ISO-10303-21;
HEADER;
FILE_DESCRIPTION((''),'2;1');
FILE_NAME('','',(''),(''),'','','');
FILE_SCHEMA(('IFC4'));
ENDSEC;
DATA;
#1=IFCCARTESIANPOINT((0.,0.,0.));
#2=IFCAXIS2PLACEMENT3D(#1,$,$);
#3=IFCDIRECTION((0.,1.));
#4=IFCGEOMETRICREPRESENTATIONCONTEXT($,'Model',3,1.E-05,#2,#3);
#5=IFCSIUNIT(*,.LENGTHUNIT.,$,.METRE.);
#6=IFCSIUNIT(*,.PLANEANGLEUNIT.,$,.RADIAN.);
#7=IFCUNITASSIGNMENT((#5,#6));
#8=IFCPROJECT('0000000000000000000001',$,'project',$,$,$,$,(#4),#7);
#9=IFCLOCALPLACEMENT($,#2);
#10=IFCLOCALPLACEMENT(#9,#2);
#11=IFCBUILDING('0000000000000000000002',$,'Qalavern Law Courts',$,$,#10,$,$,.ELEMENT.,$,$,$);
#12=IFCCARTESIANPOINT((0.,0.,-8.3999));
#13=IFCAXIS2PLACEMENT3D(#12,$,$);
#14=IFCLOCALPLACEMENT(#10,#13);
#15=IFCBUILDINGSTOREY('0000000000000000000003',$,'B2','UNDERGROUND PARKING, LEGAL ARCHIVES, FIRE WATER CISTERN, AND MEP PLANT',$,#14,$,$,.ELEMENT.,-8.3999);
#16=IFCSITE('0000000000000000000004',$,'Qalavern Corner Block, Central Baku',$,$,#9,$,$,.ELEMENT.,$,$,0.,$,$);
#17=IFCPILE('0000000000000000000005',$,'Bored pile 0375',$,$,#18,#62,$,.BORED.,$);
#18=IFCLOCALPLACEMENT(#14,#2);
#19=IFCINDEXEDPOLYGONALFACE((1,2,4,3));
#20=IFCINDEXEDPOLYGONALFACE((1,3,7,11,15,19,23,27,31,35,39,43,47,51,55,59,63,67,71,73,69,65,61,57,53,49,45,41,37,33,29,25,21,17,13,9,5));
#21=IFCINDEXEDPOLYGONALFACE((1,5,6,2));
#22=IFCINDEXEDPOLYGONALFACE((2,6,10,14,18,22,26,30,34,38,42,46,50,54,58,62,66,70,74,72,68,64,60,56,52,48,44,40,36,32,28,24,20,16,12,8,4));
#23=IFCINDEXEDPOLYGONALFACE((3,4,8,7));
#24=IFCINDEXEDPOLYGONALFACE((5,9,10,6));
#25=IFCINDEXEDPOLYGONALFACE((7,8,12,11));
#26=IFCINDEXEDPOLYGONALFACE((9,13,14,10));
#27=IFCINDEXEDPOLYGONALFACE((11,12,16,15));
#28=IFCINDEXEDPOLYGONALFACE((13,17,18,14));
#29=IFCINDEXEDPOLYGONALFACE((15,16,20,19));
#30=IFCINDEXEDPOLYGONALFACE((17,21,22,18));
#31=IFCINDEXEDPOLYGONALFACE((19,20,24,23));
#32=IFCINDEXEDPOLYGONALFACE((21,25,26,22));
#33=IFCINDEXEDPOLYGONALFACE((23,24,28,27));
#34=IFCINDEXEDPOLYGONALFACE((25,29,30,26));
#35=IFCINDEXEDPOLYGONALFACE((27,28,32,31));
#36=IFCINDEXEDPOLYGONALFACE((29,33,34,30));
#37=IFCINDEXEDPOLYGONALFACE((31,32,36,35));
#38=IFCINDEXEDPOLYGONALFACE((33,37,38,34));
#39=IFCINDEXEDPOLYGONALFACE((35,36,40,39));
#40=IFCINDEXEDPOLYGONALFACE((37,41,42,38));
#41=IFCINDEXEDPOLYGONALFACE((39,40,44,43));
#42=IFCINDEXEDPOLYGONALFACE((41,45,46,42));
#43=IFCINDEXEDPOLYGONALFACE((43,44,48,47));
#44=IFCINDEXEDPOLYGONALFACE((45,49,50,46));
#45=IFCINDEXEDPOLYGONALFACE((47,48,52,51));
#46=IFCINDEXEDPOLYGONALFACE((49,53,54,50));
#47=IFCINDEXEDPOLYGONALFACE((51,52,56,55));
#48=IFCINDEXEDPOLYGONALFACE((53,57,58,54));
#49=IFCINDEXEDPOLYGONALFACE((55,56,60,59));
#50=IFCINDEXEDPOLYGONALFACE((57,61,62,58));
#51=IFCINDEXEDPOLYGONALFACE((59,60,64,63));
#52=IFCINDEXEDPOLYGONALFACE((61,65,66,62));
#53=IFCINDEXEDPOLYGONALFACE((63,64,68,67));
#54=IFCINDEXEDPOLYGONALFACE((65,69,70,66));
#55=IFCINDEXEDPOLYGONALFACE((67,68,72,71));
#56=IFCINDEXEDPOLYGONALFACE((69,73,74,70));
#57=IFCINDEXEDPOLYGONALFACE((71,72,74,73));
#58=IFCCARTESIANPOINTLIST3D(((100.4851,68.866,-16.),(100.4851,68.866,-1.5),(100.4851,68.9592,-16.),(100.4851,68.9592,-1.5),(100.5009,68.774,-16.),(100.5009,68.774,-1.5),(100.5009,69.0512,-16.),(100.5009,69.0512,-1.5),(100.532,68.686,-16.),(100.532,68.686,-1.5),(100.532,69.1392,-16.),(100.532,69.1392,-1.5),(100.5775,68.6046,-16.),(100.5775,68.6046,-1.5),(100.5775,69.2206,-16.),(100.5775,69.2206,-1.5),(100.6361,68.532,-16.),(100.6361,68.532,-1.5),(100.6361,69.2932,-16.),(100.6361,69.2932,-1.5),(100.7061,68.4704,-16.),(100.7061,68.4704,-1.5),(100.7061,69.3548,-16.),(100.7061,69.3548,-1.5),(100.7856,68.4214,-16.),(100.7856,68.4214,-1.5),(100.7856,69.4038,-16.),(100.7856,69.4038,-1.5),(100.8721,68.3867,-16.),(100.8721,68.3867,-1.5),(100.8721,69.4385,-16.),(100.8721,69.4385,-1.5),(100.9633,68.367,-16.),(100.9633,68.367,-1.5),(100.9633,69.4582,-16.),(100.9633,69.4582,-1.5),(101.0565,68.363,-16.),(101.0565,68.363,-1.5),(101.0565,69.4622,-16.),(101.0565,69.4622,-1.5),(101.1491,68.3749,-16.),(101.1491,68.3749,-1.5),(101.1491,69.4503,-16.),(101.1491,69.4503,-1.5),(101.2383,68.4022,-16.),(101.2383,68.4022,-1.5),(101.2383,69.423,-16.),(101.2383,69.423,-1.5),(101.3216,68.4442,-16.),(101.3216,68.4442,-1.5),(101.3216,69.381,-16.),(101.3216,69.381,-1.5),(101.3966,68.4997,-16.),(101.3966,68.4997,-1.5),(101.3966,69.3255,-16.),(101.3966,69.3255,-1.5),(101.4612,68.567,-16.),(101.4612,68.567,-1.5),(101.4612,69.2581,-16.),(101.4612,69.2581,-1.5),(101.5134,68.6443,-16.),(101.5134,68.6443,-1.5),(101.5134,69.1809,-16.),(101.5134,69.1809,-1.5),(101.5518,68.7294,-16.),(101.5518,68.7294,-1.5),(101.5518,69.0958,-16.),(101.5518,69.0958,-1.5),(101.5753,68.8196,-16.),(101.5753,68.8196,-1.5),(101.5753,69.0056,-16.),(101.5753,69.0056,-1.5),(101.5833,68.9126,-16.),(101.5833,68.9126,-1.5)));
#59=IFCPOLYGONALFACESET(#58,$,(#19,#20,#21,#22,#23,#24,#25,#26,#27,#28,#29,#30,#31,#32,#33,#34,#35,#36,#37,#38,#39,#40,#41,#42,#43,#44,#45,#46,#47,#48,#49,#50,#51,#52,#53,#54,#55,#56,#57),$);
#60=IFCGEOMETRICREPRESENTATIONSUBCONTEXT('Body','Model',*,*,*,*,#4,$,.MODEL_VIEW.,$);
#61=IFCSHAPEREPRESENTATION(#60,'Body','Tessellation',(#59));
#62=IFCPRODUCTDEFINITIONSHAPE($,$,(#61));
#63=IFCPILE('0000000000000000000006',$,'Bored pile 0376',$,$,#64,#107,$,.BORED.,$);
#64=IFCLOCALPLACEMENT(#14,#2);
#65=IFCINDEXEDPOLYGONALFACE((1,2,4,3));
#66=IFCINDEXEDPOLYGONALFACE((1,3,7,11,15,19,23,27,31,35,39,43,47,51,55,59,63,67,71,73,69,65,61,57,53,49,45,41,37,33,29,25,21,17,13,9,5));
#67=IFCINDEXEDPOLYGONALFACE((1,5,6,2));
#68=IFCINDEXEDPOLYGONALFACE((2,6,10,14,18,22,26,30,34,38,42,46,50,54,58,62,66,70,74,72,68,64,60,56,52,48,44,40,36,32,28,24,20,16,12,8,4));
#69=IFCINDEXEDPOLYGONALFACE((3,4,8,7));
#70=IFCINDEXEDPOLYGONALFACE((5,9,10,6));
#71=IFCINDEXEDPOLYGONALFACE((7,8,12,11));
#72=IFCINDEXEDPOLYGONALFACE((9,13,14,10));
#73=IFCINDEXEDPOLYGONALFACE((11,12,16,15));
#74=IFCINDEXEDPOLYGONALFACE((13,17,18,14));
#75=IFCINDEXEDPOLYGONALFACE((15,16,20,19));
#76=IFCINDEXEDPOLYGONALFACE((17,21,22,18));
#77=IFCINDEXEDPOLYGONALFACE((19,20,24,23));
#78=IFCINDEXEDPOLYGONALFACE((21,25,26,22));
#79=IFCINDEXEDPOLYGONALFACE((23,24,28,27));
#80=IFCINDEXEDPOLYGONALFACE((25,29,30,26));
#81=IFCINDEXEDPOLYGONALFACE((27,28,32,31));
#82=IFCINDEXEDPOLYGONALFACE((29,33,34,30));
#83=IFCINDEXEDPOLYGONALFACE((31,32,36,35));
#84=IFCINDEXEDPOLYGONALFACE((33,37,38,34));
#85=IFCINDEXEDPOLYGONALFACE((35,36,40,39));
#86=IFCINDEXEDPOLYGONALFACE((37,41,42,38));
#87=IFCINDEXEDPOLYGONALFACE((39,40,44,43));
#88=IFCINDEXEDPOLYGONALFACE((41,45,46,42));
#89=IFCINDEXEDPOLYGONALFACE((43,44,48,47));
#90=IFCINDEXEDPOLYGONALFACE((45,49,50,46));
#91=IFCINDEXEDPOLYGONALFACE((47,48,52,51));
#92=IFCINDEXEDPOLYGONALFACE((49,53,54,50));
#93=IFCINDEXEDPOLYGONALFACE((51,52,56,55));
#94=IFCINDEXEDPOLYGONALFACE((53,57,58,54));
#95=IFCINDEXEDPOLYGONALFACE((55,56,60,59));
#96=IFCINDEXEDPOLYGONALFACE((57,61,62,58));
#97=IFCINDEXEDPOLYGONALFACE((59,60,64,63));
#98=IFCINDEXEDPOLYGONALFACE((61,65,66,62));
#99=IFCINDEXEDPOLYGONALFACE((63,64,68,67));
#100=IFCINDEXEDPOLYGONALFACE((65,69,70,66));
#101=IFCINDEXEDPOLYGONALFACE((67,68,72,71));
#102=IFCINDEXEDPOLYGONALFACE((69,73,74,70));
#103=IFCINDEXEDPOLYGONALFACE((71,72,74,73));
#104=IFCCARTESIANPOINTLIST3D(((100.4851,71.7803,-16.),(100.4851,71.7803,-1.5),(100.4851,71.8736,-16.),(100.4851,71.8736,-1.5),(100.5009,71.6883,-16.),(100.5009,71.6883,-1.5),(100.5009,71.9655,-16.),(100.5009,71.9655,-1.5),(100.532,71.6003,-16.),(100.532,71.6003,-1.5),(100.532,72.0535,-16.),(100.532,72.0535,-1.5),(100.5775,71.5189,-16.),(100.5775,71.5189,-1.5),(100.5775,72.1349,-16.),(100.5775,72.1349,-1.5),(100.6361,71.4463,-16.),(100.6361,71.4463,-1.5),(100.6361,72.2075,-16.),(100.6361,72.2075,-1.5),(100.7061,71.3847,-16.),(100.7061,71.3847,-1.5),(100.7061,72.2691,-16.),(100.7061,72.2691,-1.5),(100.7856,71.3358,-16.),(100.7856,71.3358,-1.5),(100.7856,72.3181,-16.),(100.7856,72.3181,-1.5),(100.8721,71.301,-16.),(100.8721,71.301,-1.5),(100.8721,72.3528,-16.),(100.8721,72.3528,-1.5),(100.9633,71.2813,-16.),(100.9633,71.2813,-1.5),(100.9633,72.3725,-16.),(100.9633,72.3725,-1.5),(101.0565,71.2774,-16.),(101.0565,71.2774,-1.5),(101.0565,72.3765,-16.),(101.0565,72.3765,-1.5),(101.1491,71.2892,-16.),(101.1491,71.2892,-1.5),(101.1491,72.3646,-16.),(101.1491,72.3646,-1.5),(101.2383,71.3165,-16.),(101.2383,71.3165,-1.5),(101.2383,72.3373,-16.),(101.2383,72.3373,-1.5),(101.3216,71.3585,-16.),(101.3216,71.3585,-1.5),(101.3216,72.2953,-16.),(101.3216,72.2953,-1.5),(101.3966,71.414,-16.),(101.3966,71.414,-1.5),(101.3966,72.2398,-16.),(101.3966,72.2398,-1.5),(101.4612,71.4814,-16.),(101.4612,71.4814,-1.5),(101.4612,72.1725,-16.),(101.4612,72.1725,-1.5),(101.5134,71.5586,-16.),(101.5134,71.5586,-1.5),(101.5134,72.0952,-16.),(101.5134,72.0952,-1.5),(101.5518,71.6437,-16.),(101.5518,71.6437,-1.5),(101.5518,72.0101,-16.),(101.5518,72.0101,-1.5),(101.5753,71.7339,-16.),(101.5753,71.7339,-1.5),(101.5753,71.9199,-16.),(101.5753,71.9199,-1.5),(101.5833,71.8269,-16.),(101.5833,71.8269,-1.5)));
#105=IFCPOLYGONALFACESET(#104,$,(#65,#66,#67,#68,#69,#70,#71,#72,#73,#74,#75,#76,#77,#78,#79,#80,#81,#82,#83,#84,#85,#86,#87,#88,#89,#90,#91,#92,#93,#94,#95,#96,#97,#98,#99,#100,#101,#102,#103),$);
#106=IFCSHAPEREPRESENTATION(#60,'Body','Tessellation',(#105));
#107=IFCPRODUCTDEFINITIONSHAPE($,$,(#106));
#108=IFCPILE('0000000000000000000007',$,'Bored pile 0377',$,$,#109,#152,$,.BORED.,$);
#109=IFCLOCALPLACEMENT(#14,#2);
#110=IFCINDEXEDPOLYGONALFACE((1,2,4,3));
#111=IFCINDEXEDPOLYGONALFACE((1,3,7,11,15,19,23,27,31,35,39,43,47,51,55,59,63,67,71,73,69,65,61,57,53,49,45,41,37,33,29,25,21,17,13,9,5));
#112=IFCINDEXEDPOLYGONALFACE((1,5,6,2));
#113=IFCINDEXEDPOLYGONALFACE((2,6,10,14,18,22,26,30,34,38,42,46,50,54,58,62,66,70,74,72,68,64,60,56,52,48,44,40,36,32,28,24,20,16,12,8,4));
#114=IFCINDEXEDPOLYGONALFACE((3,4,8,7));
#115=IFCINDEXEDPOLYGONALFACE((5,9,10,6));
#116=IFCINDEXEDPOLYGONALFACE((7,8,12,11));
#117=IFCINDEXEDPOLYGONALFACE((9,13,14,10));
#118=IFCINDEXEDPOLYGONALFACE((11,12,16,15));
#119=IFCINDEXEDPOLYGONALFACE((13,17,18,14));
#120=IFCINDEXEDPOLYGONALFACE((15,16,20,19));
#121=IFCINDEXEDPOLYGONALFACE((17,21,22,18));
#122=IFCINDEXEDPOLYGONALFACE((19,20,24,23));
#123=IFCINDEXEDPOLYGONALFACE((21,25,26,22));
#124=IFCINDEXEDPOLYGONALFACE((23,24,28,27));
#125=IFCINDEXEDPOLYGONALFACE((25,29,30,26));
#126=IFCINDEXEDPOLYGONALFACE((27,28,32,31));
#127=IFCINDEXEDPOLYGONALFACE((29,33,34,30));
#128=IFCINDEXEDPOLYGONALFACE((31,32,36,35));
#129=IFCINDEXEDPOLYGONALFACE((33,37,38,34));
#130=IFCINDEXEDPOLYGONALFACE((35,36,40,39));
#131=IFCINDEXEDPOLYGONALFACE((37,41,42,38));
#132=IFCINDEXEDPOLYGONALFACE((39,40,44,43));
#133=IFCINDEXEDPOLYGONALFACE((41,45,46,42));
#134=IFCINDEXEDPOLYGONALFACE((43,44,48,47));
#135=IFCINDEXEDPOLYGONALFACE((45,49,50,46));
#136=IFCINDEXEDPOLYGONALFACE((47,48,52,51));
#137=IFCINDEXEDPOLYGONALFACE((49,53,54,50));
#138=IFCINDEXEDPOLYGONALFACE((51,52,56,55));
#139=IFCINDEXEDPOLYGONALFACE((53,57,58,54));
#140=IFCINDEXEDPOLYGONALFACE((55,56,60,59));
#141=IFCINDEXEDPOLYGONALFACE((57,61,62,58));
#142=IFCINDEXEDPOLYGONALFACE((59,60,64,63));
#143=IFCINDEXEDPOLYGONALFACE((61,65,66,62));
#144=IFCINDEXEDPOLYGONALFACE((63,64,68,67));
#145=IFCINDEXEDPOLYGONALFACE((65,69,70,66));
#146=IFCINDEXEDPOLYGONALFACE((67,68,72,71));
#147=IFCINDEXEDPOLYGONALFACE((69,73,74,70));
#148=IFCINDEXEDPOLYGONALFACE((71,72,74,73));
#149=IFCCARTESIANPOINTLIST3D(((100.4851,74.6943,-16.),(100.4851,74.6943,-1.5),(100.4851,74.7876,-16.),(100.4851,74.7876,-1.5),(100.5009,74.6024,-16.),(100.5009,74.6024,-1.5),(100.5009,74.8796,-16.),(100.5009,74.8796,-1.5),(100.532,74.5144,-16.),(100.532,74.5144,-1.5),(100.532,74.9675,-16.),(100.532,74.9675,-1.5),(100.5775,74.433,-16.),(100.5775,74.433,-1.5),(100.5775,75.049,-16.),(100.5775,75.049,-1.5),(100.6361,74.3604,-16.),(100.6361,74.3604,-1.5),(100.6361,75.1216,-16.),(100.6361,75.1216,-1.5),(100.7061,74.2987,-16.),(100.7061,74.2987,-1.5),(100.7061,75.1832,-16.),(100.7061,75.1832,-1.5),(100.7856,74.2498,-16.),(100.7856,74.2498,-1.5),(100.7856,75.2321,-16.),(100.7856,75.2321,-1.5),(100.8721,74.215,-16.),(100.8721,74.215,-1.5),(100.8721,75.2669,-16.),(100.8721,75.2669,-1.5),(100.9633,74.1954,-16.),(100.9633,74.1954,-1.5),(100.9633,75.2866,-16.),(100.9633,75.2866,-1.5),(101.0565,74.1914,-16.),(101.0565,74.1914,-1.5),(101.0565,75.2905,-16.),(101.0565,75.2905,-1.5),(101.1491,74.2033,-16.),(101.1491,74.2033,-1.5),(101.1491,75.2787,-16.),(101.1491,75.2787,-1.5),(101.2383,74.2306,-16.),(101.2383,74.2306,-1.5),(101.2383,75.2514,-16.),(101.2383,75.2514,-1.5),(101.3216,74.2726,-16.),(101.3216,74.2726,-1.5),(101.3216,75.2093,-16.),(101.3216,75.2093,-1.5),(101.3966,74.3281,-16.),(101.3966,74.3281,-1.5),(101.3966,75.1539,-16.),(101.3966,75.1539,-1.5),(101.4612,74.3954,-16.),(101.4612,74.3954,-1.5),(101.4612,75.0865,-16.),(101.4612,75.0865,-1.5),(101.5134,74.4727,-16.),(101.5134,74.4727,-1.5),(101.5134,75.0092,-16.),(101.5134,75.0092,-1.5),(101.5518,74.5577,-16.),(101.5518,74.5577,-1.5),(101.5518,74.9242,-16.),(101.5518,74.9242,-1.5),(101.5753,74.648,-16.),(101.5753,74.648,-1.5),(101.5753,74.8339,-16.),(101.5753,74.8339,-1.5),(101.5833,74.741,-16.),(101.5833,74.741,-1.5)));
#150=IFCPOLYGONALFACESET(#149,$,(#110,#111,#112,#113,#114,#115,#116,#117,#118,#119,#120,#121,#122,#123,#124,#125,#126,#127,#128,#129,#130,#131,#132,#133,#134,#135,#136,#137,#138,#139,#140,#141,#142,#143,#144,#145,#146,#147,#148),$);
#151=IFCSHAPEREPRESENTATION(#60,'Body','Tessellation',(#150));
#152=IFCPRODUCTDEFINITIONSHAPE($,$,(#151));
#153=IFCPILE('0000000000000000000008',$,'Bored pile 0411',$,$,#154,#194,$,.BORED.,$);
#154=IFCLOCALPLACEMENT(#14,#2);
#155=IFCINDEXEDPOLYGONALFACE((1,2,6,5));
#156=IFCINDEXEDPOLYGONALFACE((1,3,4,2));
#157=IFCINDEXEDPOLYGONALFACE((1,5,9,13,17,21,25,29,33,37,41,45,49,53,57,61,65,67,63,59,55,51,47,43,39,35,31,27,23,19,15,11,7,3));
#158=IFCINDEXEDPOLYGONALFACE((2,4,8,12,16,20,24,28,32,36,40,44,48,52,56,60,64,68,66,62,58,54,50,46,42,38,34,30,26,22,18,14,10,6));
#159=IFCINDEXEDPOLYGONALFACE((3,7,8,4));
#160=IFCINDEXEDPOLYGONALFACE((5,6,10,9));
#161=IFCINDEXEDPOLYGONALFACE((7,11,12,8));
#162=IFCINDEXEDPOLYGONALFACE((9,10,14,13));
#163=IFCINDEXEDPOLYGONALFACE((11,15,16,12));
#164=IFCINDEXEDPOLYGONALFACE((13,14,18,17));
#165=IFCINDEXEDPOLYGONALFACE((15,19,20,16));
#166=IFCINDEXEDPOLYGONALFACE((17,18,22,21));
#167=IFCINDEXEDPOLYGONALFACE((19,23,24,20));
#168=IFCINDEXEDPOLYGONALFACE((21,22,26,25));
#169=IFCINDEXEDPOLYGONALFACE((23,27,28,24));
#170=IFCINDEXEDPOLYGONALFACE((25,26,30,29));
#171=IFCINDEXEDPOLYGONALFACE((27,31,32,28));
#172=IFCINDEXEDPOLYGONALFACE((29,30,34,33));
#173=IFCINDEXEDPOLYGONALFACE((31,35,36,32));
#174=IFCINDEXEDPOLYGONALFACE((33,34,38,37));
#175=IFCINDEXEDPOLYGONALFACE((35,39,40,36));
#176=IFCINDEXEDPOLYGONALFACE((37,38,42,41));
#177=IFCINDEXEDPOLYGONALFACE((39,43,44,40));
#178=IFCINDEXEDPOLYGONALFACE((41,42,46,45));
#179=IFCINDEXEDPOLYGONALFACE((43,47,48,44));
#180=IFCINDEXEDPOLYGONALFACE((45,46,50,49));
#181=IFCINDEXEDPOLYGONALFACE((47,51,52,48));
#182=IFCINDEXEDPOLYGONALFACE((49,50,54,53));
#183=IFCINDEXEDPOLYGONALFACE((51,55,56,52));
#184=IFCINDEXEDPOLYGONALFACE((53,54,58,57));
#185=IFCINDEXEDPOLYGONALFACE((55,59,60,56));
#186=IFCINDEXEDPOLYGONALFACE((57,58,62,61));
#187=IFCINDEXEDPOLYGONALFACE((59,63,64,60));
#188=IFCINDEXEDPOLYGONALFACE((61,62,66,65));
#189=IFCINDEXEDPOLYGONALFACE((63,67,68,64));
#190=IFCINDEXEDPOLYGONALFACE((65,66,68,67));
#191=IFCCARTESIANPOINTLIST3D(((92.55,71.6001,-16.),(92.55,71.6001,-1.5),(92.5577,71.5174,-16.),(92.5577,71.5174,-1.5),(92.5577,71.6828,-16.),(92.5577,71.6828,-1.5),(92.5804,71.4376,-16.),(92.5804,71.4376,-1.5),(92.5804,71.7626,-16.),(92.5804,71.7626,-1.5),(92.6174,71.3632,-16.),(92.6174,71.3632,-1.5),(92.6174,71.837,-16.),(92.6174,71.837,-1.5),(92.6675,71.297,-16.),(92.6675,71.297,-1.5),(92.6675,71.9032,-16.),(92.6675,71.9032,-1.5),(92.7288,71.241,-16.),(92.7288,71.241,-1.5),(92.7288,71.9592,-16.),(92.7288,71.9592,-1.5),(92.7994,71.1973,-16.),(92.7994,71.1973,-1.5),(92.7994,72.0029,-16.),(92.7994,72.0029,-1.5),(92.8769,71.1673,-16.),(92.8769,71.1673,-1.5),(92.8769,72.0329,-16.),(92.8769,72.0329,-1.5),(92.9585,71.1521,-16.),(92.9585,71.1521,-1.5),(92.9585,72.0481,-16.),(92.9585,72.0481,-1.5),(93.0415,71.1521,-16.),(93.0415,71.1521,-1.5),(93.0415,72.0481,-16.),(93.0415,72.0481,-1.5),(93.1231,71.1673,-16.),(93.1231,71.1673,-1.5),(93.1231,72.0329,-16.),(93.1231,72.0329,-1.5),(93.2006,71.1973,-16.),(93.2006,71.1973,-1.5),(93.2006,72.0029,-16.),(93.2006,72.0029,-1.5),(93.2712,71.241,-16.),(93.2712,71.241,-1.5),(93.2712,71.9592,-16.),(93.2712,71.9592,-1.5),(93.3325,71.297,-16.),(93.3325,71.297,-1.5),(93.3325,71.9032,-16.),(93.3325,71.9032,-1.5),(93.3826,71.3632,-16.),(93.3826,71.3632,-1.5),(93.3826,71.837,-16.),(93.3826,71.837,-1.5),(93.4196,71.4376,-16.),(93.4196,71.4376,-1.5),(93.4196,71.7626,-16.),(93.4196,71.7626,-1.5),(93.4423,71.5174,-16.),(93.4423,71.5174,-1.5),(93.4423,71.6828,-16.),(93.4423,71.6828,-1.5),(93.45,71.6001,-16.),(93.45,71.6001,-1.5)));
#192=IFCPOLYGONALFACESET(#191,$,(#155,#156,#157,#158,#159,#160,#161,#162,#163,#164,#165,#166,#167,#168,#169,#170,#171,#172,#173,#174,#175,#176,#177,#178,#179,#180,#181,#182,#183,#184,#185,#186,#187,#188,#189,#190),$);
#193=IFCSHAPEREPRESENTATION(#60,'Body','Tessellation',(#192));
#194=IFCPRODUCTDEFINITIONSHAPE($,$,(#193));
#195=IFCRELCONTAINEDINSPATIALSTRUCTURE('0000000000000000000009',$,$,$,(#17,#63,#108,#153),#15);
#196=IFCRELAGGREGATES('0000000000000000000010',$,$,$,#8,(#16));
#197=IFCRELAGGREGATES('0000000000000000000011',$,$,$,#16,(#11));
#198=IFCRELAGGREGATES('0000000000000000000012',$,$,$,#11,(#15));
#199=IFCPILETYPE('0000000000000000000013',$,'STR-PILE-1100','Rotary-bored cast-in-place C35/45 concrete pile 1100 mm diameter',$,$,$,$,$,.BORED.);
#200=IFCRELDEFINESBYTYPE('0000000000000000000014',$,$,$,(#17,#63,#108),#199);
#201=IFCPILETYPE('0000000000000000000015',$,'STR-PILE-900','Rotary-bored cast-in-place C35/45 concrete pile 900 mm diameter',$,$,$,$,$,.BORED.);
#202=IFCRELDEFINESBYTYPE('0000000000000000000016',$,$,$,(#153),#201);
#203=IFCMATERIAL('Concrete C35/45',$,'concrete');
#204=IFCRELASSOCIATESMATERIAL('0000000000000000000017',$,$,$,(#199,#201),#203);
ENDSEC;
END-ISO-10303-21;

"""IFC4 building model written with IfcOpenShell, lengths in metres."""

from ifc_helpers import new_model, si_unit, direction, frame, origin, origin_2d, place, context, subcontext, project, spatial, circle, extrude, material, material_profile, profile_set, type_object, element, save


model = new_model("IFC4")

# Units and contexts
model_context = context("Model", 3, precision=1e-05, world=origin(), true_north=direction((0.0, 1.0)))
body_context = subcontext(model_context, "Body", "Model", "MODEL_VIEW")
ifc_project = project(units=[si_unit("LENGTHUNIT", "METRE"), si_unit("PLANEANGLEUNIT", "RADIAN")], contexts=[model_context])

# Site, building, storey
site_placement = place(None, origin())
site = spatial("IfcSite", under=ifc_project, at=site_placement, Name="Qalavern Corner Block, Central Baku", CompositionType="ELEMENT", RefElevation=0.0)
building_placement = place(site_placement, origin())
building = spatial("IfcBuilding", under=site, at=building_placement, Name="Qalavern Law Courts", CompositionType="ELEMENT")
storey_placement = place(building_placement, frame((0.0, 0.0, -8.3999)))
storey = spatial("IfcBuildingStorey", under=building, at=storey_placement, Name="B2", Description="UNDERGROUND PARKING, LEGAL ARCHIVES, FIRE WATER CISTERN, AND MEP PLANT", CompositionType="ELEMENT", Elevation=-8.3999)

# Shared definitions
ifc_material_1 = material(Name="Concrete C35/45", Category="concrete")

# Piles
ifc_material_profile_1 = material_profile(ifc_material_1, circle(Radius=0.55, at=origin_2d()), Name="BORED PILE 1100")
ifc_profile_set_1 = profile_set([ifc_material_profile_1], Name="Concrete C35/45")
pile_type_1 = type_object("IfcPileType", Name="STR-PILE-1100", Description="Rotary-bored cast-in-place C35/45 concrete pile 1100 mm diameter", PredefinedType="BORED", material=ifc_profile_set_1)
for number, where, z_axis, x_axis, name in (
    (1, (101.0332, 68.9126, -1.5), (0.0, 0.0, -1.0), (1.0, 0.0, 0.0), "Bored pile 0375"),
    (2, (101.0332, 71.8269, -1.5), (0.0, 0.0, -1.0), (1.0, 0.0, 0.0), "Bored pile 0376"),
    (3, (101.0332, 74.741, -1.5), (0.0, 0.0, -1.0), (1.0, 0.0, 0.0), "Bored pile 0377"),
):
    element("IfcPile", number, at=place(storey_placement, frame(where, z_axis=z_axis, x_axis=x_axis)), inside=storey, type_object=pile_type_1, Name=name, PredefinedType="BORED", context=body_context, shape_type="SweptSolid", body=[
        extrude(circle(Radius=0.55, at=origin_2d()), origin(), (0.0, 0.0, 1.0), 14.5),
    ])
ifc_material_profile_2 = material_profile(ifc_material_1, circle(Radius=0.45, at=origin_2d()), Name="BORED PILE 900")
ifc_profile_set_2 = profile_set([ifc_material_profile_2], Name="Concrete C35/45")
pile_type_2 = type_object("IfcPileType", Name="STR-PILE-900", Description="Rotary-bored cast-in-place C35/45 concrete pile 900 mm diameter", PredefinedType="BORED", material=ifc_profile_set_2)
for number, where, z_axis, x_axis, name in (
    (4, (93.0, 71.6001, -1.5), (0.0, 0.0, -1.0), (1.0, 0.0, 0.0), "Bored pile 0411"),
):
    element("IfcPile", number, at=place(storey_placement, frame(where, z_axis=z_axis, x_axis=x_axis)), inside=storey, type_object=pile_type_2, Name=name, PredefinedType="BORED", context=body_context, shape_type="SweptSolid", body=[
        extrude(circle(Radius=0.45, at=origin_2d()), origin(), (0.0, 0.0, 1.0), 14.5),
    ])

save(model, "model.ifc")
